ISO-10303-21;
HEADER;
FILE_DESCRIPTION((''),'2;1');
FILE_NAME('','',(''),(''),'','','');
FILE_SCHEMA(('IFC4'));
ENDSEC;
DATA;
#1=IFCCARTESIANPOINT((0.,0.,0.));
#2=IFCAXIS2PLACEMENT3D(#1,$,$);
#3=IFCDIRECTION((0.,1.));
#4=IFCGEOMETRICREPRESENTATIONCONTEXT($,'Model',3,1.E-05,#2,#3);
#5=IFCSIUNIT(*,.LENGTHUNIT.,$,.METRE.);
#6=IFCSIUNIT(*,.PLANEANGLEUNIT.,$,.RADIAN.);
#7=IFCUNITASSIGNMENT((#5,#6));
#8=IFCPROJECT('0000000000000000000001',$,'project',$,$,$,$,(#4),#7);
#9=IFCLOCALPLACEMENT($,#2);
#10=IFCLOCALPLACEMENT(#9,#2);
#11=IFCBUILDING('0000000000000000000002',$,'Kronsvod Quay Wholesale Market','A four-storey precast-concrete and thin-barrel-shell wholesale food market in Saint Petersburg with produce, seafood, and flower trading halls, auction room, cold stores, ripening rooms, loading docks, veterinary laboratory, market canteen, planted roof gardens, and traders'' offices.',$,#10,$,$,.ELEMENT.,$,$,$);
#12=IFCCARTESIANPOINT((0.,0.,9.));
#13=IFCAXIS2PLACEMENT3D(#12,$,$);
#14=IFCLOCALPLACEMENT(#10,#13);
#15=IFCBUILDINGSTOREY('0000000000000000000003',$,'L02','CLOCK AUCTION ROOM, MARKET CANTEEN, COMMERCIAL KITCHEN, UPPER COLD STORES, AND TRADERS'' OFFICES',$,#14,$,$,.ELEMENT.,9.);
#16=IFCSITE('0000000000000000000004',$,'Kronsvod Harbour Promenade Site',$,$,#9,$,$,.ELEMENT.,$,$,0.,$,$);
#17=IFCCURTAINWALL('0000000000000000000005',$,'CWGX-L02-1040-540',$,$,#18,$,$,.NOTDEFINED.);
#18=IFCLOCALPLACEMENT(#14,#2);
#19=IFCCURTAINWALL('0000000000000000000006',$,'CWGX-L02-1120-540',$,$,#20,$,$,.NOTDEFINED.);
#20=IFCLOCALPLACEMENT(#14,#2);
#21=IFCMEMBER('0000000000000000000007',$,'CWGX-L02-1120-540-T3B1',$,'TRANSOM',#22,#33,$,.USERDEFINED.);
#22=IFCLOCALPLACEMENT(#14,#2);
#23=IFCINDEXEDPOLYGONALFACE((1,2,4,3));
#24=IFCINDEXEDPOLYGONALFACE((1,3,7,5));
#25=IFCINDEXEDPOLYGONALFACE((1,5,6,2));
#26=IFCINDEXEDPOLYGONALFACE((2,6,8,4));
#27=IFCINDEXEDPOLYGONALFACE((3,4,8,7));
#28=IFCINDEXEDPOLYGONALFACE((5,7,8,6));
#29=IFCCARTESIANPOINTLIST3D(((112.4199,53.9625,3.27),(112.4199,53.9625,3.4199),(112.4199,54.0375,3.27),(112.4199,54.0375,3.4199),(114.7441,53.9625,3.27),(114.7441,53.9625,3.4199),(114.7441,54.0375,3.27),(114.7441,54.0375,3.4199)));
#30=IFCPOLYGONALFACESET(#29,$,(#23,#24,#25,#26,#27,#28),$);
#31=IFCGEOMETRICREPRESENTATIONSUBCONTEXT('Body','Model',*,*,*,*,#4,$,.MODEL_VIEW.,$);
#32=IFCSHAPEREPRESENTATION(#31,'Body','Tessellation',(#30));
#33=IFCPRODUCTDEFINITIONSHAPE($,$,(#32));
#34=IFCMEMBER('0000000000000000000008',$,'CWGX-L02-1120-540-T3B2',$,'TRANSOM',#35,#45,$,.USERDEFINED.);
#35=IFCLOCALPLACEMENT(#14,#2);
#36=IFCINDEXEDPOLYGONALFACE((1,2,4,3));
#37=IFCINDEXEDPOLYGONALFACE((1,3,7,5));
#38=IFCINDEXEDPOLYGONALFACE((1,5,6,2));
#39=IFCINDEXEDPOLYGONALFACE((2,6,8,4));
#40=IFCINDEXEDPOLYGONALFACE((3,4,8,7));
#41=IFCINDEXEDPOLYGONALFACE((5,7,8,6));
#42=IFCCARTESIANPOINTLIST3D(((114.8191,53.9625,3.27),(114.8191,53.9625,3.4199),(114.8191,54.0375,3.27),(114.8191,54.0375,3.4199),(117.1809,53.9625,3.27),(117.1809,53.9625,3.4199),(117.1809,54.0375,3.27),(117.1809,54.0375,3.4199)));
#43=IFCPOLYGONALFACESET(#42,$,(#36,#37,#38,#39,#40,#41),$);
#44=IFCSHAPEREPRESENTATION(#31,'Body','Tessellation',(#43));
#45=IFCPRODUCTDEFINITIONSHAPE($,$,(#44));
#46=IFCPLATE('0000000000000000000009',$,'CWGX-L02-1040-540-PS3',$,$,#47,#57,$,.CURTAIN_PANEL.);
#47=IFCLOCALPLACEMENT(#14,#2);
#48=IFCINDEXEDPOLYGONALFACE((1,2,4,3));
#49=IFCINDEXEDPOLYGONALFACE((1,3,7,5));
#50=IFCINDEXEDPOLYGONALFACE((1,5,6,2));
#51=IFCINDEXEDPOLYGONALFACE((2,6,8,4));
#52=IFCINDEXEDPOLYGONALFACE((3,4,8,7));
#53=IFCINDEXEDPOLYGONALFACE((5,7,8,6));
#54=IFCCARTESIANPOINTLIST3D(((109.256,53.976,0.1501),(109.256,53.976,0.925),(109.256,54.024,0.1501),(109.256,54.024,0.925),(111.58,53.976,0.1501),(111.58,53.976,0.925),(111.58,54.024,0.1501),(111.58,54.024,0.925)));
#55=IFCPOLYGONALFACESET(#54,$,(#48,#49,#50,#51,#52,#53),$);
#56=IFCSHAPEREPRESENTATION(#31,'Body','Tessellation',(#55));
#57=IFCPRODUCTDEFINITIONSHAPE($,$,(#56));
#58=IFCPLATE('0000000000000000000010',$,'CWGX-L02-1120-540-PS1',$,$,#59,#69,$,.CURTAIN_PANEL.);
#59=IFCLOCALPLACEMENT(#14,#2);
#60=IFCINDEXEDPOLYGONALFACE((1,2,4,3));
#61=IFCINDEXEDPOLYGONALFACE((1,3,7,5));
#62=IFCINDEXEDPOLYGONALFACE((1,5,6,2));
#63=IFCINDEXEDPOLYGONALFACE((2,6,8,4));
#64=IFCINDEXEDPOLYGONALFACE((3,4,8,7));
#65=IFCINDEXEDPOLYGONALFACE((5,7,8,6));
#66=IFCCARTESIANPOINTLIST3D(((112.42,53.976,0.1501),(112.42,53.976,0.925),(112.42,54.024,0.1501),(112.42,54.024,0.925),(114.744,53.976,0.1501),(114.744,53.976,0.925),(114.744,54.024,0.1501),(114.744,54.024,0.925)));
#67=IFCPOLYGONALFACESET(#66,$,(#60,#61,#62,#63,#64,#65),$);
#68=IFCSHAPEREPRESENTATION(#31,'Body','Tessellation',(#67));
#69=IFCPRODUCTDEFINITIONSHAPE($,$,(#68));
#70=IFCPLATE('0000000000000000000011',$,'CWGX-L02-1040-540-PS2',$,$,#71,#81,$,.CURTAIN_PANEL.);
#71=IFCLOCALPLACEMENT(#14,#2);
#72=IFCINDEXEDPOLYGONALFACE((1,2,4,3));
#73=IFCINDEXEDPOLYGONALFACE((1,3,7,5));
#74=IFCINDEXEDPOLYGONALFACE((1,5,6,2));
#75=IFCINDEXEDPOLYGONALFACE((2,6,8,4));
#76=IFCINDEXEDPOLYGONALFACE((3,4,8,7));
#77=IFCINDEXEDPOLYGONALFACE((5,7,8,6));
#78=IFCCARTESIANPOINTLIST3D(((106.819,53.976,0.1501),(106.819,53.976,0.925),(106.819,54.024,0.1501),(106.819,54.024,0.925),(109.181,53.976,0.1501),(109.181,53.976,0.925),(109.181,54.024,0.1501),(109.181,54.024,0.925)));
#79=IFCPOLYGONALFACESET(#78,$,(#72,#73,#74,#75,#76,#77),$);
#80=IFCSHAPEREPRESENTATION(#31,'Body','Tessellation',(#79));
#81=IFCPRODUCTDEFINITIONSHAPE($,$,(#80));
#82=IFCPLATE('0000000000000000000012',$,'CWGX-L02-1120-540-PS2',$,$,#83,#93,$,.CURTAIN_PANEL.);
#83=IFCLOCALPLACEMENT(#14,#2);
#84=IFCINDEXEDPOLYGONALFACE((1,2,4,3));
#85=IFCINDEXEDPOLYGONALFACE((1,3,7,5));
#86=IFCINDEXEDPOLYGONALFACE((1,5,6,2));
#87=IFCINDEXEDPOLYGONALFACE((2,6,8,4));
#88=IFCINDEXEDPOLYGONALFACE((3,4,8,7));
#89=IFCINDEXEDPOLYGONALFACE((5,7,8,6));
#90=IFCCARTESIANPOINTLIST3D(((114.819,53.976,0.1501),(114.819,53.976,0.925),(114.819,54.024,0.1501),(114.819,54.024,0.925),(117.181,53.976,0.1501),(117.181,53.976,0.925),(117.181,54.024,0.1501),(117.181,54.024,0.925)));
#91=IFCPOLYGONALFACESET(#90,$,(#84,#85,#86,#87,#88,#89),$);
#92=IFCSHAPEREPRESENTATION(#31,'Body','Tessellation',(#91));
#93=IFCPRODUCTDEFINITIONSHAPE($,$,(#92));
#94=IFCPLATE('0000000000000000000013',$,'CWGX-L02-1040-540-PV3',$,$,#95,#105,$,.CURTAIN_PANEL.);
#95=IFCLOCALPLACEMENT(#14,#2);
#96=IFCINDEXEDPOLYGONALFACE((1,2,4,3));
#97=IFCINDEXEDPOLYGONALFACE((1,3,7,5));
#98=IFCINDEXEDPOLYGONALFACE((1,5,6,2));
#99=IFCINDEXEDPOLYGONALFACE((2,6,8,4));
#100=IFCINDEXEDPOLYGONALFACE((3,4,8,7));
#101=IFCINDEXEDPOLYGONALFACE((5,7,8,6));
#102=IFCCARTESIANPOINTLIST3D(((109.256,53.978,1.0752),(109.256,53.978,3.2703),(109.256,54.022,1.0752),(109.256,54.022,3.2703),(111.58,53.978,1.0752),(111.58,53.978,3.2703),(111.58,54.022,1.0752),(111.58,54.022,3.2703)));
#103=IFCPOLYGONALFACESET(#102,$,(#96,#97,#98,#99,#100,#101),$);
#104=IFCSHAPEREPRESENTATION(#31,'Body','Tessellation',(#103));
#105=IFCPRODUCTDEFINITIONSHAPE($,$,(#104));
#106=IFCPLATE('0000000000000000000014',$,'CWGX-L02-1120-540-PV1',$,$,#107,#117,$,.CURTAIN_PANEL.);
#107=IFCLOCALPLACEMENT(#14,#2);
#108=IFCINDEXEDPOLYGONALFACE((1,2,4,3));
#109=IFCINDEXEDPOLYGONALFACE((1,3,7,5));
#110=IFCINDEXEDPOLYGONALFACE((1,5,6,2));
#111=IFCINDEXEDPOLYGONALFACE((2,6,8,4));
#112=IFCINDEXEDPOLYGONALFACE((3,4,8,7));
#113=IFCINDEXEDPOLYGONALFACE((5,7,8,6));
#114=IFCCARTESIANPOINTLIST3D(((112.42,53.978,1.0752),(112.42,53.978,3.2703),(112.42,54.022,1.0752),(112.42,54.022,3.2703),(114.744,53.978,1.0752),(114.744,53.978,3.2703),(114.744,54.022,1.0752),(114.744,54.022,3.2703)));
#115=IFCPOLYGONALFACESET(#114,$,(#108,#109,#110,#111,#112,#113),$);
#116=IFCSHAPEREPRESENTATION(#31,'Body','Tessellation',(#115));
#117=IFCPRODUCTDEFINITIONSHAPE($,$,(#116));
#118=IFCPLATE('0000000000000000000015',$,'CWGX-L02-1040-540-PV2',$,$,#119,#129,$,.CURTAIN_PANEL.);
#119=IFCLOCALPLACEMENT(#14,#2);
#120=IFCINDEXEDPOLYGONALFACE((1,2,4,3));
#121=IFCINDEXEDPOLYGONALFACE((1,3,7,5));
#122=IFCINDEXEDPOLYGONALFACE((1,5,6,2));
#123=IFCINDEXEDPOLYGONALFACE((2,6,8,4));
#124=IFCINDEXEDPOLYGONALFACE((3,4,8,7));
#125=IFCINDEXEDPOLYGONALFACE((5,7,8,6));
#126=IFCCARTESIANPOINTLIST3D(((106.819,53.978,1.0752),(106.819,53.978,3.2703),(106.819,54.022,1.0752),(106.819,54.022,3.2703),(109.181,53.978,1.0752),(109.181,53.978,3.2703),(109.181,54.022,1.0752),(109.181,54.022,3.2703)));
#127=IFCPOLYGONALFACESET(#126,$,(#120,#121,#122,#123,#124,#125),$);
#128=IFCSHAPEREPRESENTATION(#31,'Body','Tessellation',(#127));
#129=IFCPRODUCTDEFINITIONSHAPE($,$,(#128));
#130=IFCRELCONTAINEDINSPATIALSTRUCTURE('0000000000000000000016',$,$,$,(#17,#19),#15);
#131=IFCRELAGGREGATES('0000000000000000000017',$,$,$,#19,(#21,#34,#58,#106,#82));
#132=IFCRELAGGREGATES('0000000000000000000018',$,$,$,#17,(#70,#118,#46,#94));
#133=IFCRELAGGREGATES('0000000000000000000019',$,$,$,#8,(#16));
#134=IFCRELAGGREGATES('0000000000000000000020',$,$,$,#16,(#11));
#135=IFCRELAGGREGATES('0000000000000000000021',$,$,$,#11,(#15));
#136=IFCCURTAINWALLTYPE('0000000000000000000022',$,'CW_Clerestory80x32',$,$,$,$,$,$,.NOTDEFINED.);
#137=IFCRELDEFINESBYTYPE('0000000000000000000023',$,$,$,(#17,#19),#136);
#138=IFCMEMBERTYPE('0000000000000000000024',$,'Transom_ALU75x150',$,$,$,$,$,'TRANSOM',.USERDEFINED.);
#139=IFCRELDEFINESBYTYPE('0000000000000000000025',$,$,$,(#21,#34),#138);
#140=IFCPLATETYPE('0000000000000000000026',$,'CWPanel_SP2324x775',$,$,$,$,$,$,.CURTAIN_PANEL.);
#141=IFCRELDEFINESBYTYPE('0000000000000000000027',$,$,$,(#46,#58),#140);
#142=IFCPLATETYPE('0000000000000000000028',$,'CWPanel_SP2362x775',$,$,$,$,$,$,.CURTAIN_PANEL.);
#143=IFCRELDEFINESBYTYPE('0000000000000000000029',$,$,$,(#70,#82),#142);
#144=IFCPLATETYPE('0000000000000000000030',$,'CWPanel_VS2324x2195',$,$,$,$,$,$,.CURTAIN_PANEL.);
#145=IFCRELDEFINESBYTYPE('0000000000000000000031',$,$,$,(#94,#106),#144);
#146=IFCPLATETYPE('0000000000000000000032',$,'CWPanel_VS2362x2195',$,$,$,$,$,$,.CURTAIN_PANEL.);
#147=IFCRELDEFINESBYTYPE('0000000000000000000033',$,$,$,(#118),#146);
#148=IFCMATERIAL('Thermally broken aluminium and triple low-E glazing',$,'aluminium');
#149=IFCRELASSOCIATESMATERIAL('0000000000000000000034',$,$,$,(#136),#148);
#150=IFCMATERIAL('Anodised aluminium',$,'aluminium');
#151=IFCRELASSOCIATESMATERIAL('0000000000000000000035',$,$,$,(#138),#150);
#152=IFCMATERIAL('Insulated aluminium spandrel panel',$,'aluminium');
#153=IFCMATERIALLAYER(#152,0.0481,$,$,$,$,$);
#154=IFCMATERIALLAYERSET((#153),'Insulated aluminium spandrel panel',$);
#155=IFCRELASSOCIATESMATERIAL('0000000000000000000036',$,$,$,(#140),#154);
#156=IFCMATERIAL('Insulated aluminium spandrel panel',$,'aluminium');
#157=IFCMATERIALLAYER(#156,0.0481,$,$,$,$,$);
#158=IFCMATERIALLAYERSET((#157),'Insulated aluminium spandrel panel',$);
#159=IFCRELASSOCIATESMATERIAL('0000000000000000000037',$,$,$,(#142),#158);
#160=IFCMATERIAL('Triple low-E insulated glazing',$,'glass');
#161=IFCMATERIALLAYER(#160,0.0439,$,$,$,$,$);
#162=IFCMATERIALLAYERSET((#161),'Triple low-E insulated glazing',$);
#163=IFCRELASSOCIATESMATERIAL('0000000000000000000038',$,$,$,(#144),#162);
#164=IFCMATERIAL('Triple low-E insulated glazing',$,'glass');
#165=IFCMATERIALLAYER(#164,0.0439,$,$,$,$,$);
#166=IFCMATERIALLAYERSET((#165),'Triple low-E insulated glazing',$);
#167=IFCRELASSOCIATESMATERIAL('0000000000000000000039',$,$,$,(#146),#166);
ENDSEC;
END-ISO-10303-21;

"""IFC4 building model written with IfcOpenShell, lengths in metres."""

from ifc_helpers import new_model, si_unit, direction, frame, origin, origin_2d, place, context, subcontext, project, spatial, rectangle, extrude, material, layer, layer_set, material_profile, profile_set, type_object, element, aggregate, save


model = new_model("IFC4")

# Units and contexts
model_context = context("Model", 3, precision=1e-05, world=origin(), true_north=direction((0.0, 1.0)))
body_context = subcontext(model_context, "Body", "Model", "MODEL_VIEW")
ifc_project = project(units=[si_unit("LENGTHUNIT", "METRE"), si_unit("PLANEANGLEUNIT", "RADIAN")], contexts=[model_context])

# Site, building, storey
site_placement = place(None, origin())
site = spatial("IfcSite", under=ifc_project, at=site_placement, Name="Kronsvod Harbour Promenade Site", CompositionType="ELEMENT", RefElevation=0.0)
building_placement = place(site_placement, origin())
building = spatial("IfcBuilding", under=site, at=building_placement, Name="Kronsvod Quay Wholesale Market", Description="A four-storey precast-concrete and thin-barrel-shell wholesale food market in Saint Petersburg with produce, seafood, and flower trading halls, auction room, cold stores, ripening rooms, loading docks, veterinary laboratory, market canteen, planted roof gardens, and traders' offices.", CompositionType="ELEMENT")
storey_placement = place(building_placement, frame((0.0, 0.0, 9.0)))
storey = spatial("IfcBuildingStorey", under=building, at=storey_placement, Name="L02", Description="CLOCK AUCTION ROOM, MARKET CANTEEN, COMMERCIAL KITCHEN, UPPER COLD STORES, AND TRADERS' OFFICES", CompositionType="ELEMENT", Elevation=9.0)

# Curtain walls
ifc_material_1 = material(Name="Thermally broken aluminium and triple low-E glazing", Category="aluminium")
curtain_wall_type = type_object("IfcCurtainWallType", Name="CW_Clerestory80x32", PredefinedType="NOTDEFINED", material=ifc_material_1)
curtain_wall_1_placement = place(storey_placement, origin())
curtain_wall_1 = element("IfcCurtainWall", 1, at=curtain_wall_1_placement, inside=storey, type_object=curtain_wall_type, Name="CWGX-L02-1040-540", PredefinedType="NOTDEFINED")
curtain_wall_2_placement = place(storey_placement, origin())
curtain_wall_2 = element("IfcCurtainWall", 2, at=curtain_wall_2_placement, inside=storey, type_object=curtain_wall_type, Name="CWGX-L02-1120-540", PredefinedType="NOTDEFINED")

# Members
ifc_material_2 = material(Name="Anodised aluminium", Category="aluminium")
ifc_material_profile_1 = material_profile(ifc_material_2, rectangle(XDim=0.075, YDim=0.1499, at=origin_2d()), Name="ALUT75x150")
ifc_profile_set_1 = profile_set([ifc_material_profile_1], Name="Anodised aluminium")
member_type_1 = type_object("IfcMemberType", Name="Transom_ALU75x150", ElementType="TRANSOM", PredefinedType="USERDEFINED", material=ifc_profile_set_1)
member_1_placement = place(storey_placement, frame((112.4199, 54.0, 3.345), z_axis=(1.0, 0.0, 0.0), x_axis=(0.0, 1.0, 0.0)))
member_1 = element("IfcMember", 3, at=member_1_placement, type_object=member_type_1, Name="CWGX-L02-1120-540-T3B1", ObjectType="TRANSOM", PredefinedType="USERDEFINED", context=body_context, shape_type="SweptSolid", body=[
    extrude(rectangle(XDim=0.075, YDim=0.1499, at=origin_2d()), origin(), (0.0, 0.0, 1.0), 2.3242),
])
member_2_placement = place(storey_placement, frame((114.8191, 54.0, 3.345), z_axis=(1.0, 0.0, 0.0), x_axis=(0.0, 1.0, 0.0)))
member_2 = element("IfcMember", 4, at=member_2_placement, type_object=member_type_1, Name="CWGX-L02-1120-540-T3B2", ObjectType="TRANSOM", PredefinedType="USERDEFINED", context=body_context, shape_type="SweptSolid", body=[
    extrude(rectangle(XDim=0.075, YDim=0.1499, at=origin_2d()), origin(), (0.0, 0.0, 1.0), 2.3618),
])

# Plates
ifc_material_3 = material(Name="Insulated aluminium spandrel panel", Category="aluminium")
ifc_layer_1 = layer(ifc_material_3, 0.0481)
ifc_layer_set_1 = layer_set([ifc_layer_1], Name="Insulated aluminium spandrel panel")
plate_type_1 = type_object("IfcPlateType", Name="CWPanel_SP2324x775", PredefinedType="CURTAIN_PANEL", material=ifc_layer_set_1)
plate_1_placement = place(storey_placement, frame((110.418, 54.0, 0.1501), z_axis=(0.0, 0.0, 1.0), x_axis=(1.0, 0.0, 0.0)))
plate_1 = element("IfcPlate", 5, at=plate_1_placement, type_object=plate_type_1, Name="CWGX-L02-1040-540-PS3", PredefinedType="CURTAIN_PANEL", context=body_context, shape_type="SweptSolid", body=[
    extrude(rectangle(XDim=2.324, YDim=0.0481, at=origin_2d()), origin(), (0.0, 0.0, 1.0), 0.7749),
])
plate_2_placement = place(storey_placement, frame((113.582, 54.0, 0.1501), z_axis=(0.0, 0.0, 1.0), x_axis=(1.0, 0.0, 0.0)))
plate_2 = element("IfcPlate", 6, at=plate_2_placement, type_object=plate_type_1, Name="CWGX-L02-1120-540-PS1", PredefinedType="CURTAIN_PANEL", context=body_context, shape_type="SweptSolid", body=[
    extrude(rectangle(XDim=2.324, YDim=0.0481, at=origin_2d()), origin(), (0.0, 0.0, 1.0), 0.7749),
])
ifc_material_4 = material(Name="Insulated aluminium spandrel panel", Category="aluminium")
ifc_layer_2 = layer(ifc_material_4, 0.0481)
ifc_layer_set_2 = layer_set([ifc_layer_2], Name="Insulated aluminium spandrel panel")
plate_type_2 = type_object("IfcPlateType", Name="CWPanel_SP2362x775", PredefinedType="CURTAIN_PANEL", material=ifc_layer_set_2)
plate_3_placement = place(storey_placement, frame((108.0, 54.0, 0.1501), z_axis=(0.0, 0.0, 1.0), x_axis=(1.0, 0.0, 0.0)))
plate_3 = element("IfcPlate", 7, at=plate_3_placement, type_object=plate_type_2, Name="CWGX-L02-1040-540-PS2", PredefinedType="CURTAIN_PANEL", context=body_context, shape_type="SweptSolid", body=[
    extrude(rectangle(XDim=2.3621, YDim=0.0481, at=origin_2d()), origin(), (0.0, 0.0, 1.0), 0.7749),
])
plate_4_placement = place(storey_placement, frame((116.0, 54.0, 0.1501), z_axis=(0.0, 0.0, 1.0), x_axis=(1.0, 0.0, 0.0)))
plate_4 = element("IfcPlate", 8, at=plate_4_placement, type_object=plate_type_2, Name="CWGX-L02-1120-540-PS2", PredefinedType="CURTAIN_PANEL", context=body_context, shape_type="SweptSolid", body=[
    extrude(rectangle(XDim=2.3621, YDim=0.0481, at=origin_2d()), origin(), (0.0, 0.0, 1.0), 0.7749),
])
ifc_material_5 = material(Name="Triple low-E insulated glazing", Category="glass")
ifc_layer_3 = layer(ifc_material_5, 0.0439)
ifc_layer_set_3 = layer_set([ifc_layer_3], Name="Triple low-E insulated glazing")
plate_type_3 = type_object("IfcPlateType", Name="CWPanel_VS2324x2195", PredefinedType="CURTAIN_PANEL", material=ifc_layer_set_3)
plate_5_placement = place(storey_placement, frame((110.418, 54.0, 1.0752), z_axis=(0.0, 0.0, 1.0), x_axis=(1.0, 0.0, 0.0)))
plate_5 = element("IfcPlate", 9, at=plate_5_placement, type_object=plate_type_3, Name="CWGX-L02-1040-540-PV3", PredefinedType="CURTAIN_PANEL", context=body_context, shape_type="SweptSolid", body=[
    extrude(rectangle(XDim=2.324, YDim=0.0439, at=origin_2d()), origin(), (0.0, 0.0, 1.0), 2.1951),
])
plate_6_placement = place(storey_placement, frame((113.582, 54.0, 1.0752), z_axis=(0.0, 0.0, 1.0), x_axis=(1.0, 0.0, 0.0)))
plate_6 = element("IfcPlate", 10, at=plate_6_placement, type_object=plate_type_3, Name="CWGX-L02-1120-540-PV1", PredefinedType="CURTAIN_PANEL", context=body_context, shape_type="SweptSolid", body=[
    extrude(rectangle(XDim=2.324, YDim=0.0439, at=origin_2d()), origin(), (0.0, 0.0, 1.0), 2.1951),
])
aggregate(curtain_wall_2, [member_1, member_2, plate_2, plate_6, plate_4])
ifc_material_6 = material(Name="Triple low-E insulated glazing", Category="glass")
ifc_layer_4 = layer(ifc_material_6, 0.0439)
ifc_layer_set_4 = layer_set([ifc_layer_4], Name="Triple low-E insulated glazing")
plate_type_4 = type_object("IfcPlateType", Name="CWPanel_VS2362x2195", PredefinedType="CURTAIN_PANEL", material=ifc_layer_set_4)
plate_7_placement = place(storey_placement, frame((108.0, 54.0, 1.0752), z_axis=(0.0, 0.0, 1.0), x_axis=(1.0, 0.0, 0.0)))
plate_7 = element("IfcPlate", 11, at=plate_7_placement, type_object=plate_type_4, Name="CWGX-L02-1040-540-PV2", PredefinedType="CURTAIN_PANEL", context=body_context, shape_type="SweptSolid", body=[
    extrude(rectangle(XDim=2.3621, YDim=0.0439, at=origin_2d()), origin(), (0.0, 0.0, 1.0), 2.1951),
])
aggregate(curtain_wall_1, [plate_3, plate_7, plate_1, plate_5])

save(model, "model.ifc")
